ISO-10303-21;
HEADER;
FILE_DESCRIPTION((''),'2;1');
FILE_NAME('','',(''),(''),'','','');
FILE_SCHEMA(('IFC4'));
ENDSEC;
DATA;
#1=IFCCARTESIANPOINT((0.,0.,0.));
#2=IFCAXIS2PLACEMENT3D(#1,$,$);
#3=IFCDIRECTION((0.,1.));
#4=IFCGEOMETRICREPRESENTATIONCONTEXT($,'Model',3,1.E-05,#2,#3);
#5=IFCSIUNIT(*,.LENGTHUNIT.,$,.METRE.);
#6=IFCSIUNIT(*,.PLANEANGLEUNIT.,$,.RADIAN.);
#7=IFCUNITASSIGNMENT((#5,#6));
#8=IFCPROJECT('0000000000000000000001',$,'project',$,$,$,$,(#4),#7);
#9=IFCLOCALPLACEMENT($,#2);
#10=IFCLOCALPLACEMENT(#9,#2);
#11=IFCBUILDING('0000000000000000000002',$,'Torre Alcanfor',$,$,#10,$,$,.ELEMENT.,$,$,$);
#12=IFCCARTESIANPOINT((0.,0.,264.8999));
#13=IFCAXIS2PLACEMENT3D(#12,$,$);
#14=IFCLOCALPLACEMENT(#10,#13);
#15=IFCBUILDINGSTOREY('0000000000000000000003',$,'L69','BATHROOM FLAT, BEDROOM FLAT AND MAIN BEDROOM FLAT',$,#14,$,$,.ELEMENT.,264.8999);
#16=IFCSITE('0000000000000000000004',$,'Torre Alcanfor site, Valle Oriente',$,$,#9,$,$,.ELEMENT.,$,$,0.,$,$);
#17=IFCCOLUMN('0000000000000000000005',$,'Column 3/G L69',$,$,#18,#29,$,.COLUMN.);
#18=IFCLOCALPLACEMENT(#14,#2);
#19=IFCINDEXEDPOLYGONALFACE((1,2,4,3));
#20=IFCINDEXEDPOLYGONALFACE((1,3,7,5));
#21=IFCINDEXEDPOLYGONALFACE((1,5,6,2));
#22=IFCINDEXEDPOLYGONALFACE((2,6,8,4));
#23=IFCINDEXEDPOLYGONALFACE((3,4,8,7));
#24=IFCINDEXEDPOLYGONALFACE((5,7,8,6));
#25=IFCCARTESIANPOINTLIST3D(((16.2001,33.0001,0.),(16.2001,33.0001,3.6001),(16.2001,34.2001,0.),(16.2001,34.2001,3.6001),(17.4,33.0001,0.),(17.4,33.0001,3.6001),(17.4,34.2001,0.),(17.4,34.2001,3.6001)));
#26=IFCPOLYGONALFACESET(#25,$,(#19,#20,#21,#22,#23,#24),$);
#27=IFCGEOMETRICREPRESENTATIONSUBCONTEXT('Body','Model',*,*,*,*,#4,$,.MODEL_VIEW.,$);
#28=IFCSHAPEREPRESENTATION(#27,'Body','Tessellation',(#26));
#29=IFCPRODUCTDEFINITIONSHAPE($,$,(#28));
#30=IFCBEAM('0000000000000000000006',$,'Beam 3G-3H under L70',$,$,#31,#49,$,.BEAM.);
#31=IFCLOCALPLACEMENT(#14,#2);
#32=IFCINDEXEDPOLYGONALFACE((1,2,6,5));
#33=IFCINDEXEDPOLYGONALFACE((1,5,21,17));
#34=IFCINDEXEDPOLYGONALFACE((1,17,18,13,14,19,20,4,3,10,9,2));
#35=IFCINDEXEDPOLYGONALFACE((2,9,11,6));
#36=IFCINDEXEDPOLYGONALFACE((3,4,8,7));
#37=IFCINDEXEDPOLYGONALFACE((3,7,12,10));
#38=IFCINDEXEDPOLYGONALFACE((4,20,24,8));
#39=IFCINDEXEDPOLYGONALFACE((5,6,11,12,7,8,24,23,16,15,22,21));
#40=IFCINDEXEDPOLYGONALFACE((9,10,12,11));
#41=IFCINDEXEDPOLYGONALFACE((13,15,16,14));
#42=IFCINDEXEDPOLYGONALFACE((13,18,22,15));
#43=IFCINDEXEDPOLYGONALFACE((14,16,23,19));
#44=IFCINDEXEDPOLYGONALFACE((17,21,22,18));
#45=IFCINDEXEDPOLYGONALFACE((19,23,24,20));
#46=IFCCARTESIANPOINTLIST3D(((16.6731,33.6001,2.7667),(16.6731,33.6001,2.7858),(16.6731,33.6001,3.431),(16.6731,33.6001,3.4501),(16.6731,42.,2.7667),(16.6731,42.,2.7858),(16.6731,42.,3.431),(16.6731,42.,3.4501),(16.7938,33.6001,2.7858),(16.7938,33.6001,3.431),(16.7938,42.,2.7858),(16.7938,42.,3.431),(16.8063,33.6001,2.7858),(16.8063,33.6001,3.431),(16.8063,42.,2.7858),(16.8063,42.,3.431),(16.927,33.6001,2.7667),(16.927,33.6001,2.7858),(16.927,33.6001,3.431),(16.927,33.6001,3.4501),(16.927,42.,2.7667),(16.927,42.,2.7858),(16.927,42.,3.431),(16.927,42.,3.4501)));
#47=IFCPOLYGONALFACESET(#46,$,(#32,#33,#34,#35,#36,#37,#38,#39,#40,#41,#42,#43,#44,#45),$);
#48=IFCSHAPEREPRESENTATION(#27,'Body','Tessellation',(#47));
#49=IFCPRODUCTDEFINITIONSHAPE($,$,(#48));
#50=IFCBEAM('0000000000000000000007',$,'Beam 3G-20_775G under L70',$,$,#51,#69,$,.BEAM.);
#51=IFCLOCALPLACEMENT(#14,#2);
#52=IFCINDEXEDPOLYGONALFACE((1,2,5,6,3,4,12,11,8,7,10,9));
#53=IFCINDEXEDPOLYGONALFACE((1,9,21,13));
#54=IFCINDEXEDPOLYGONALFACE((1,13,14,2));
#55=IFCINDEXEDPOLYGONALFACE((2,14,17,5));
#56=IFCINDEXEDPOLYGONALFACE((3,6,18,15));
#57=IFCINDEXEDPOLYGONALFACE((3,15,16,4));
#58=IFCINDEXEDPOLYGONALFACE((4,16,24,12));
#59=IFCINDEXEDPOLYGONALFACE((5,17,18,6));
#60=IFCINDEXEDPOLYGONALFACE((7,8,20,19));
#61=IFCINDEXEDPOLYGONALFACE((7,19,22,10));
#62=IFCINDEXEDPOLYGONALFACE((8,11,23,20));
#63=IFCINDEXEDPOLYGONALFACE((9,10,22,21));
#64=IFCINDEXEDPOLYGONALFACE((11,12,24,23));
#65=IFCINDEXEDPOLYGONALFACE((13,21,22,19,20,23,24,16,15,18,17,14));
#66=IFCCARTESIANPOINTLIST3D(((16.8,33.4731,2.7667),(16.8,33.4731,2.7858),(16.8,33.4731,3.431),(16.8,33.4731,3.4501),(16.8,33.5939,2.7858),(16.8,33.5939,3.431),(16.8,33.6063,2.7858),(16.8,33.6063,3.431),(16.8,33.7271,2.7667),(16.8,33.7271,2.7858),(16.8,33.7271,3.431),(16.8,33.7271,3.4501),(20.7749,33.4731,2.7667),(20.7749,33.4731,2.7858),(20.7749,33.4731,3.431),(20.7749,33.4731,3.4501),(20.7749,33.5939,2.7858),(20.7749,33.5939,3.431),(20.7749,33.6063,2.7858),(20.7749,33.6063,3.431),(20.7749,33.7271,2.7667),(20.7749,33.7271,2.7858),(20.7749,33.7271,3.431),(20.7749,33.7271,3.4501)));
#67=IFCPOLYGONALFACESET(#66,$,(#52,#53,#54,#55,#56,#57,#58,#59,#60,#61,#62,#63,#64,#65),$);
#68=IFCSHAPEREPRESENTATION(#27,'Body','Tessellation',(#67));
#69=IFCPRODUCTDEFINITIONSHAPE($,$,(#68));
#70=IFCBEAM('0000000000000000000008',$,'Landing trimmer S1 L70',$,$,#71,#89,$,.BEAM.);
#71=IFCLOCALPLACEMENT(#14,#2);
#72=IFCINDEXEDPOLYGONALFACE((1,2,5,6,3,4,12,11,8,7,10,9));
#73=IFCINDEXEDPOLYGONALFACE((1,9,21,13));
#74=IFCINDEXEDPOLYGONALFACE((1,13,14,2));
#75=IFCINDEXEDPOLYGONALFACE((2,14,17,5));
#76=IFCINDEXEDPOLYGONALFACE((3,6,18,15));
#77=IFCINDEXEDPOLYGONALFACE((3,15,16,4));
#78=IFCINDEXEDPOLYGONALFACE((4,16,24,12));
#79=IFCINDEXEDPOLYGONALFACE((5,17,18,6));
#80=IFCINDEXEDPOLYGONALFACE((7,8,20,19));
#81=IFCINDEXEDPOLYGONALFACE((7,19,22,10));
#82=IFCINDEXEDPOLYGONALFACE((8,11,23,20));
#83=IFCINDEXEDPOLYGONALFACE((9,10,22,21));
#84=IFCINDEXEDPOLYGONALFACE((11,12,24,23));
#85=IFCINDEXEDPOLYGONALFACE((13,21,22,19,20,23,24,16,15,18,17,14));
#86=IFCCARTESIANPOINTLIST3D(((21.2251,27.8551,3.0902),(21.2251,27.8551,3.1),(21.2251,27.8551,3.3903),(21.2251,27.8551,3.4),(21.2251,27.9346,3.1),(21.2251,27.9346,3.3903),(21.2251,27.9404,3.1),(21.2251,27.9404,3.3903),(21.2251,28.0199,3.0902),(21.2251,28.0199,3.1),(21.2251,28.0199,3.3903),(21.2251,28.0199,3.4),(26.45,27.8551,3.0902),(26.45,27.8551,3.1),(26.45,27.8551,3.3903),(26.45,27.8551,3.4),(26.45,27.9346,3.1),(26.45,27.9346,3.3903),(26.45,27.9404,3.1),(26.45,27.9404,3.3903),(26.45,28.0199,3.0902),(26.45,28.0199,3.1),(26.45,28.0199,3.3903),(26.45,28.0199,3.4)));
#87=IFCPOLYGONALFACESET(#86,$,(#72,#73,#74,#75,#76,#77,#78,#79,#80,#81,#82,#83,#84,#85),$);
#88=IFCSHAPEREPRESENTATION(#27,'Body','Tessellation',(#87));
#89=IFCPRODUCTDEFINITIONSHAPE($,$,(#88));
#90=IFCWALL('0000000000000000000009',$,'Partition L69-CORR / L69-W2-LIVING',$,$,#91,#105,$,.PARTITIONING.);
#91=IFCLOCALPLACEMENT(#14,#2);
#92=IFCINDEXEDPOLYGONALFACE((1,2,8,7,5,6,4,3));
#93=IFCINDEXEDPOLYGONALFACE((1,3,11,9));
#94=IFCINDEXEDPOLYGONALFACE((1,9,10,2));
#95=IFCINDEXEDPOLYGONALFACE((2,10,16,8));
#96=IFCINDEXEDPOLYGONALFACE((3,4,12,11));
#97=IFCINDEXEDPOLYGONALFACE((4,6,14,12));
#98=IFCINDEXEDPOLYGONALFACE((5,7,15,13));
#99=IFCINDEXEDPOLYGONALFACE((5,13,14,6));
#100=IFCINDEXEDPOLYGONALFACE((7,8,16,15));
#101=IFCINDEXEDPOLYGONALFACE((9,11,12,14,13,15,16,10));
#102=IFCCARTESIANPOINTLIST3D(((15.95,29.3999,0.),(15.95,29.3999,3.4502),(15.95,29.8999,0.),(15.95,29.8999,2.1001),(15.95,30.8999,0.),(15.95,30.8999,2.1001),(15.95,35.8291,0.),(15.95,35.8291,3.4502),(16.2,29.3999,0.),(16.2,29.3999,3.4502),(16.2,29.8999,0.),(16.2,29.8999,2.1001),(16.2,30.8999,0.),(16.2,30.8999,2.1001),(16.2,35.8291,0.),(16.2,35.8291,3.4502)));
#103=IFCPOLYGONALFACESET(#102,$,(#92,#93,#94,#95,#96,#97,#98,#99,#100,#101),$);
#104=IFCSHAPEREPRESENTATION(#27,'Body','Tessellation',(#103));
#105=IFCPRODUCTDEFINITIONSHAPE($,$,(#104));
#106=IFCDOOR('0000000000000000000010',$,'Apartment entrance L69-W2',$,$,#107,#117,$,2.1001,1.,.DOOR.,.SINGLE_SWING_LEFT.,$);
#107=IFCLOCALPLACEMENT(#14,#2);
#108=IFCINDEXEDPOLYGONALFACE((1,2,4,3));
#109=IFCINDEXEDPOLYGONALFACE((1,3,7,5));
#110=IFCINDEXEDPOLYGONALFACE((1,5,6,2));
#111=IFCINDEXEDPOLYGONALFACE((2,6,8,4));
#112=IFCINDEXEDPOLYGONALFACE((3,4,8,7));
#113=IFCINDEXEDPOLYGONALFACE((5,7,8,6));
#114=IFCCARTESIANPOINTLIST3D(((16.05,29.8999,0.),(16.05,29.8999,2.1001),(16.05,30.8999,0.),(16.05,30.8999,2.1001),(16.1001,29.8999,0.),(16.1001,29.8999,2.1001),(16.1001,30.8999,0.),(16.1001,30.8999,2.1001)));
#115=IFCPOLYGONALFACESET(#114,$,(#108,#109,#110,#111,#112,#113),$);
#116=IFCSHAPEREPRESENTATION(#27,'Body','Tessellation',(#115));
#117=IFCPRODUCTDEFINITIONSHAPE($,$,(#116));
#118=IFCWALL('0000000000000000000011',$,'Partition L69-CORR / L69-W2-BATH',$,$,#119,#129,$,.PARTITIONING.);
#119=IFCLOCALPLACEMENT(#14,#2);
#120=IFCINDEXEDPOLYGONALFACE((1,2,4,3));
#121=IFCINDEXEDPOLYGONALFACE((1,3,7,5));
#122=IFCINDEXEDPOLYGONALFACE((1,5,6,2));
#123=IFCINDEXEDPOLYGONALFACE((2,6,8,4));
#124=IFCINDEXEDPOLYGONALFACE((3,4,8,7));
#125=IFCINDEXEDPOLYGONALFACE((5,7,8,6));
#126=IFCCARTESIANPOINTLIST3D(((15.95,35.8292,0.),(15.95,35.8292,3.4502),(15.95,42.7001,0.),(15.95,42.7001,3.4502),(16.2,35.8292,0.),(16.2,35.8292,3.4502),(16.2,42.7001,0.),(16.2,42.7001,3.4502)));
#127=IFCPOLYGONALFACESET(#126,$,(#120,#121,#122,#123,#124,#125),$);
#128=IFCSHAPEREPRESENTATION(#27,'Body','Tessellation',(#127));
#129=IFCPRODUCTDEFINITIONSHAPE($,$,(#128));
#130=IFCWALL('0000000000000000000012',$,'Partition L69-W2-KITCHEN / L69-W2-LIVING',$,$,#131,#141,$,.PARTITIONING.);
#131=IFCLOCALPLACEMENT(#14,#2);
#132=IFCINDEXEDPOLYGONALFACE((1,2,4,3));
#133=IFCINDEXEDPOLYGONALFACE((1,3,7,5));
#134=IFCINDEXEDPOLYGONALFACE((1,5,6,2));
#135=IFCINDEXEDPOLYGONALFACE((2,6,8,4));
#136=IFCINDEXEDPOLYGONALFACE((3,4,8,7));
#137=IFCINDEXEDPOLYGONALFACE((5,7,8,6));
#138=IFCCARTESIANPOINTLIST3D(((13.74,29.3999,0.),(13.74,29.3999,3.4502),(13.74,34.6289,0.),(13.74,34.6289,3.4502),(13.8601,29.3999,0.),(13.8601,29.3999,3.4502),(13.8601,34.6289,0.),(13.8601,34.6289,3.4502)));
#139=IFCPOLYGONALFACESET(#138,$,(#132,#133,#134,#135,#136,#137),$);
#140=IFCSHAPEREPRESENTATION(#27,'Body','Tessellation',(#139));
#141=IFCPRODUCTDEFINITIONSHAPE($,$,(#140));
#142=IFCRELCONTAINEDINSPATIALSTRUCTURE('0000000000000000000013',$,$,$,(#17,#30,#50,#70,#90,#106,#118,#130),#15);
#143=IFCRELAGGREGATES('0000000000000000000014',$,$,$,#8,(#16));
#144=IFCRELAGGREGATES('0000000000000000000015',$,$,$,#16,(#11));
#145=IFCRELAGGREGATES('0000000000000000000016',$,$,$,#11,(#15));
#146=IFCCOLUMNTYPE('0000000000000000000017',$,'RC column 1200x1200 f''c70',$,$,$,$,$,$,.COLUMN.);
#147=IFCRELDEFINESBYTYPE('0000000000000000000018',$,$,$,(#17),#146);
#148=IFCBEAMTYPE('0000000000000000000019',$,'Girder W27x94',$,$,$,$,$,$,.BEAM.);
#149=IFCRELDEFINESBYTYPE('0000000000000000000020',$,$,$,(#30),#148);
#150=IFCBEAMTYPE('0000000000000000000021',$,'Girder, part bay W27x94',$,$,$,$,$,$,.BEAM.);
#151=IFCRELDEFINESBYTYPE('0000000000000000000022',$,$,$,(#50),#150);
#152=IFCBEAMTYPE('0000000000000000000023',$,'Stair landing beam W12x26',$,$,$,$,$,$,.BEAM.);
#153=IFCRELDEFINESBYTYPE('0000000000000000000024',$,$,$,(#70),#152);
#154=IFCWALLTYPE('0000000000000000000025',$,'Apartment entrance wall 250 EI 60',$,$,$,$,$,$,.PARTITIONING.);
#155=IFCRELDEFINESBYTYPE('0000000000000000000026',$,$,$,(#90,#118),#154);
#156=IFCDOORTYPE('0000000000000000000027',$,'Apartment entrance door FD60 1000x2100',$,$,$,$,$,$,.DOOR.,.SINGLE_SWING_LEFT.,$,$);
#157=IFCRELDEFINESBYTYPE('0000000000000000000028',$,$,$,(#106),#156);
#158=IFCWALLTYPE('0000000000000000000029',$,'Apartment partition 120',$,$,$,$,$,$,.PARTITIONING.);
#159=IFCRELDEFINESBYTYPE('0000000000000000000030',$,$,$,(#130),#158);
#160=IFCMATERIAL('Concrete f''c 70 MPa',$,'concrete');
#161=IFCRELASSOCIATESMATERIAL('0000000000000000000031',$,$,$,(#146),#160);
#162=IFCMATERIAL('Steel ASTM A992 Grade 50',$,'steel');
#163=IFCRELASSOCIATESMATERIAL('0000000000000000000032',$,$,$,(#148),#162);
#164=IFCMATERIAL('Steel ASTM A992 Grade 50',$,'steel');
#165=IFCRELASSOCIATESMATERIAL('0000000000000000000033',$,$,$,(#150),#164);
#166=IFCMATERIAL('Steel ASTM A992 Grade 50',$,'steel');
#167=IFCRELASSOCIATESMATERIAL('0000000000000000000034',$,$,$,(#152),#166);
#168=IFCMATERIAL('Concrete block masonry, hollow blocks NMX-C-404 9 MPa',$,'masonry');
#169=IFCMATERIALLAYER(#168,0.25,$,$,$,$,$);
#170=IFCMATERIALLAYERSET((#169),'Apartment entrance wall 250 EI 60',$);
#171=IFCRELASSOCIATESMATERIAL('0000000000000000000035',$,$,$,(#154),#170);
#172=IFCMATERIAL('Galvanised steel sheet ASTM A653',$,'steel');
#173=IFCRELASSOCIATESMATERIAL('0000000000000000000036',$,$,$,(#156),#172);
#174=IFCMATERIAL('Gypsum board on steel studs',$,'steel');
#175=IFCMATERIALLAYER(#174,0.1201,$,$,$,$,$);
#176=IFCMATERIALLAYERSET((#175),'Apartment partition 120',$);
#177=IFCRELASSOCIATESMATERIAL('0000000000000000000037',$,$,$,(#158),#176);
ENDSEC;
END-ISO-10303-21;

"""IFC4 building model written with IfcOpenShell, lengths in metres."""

from ifc_helpers import new_model, si_unit, direction, frame, frame_2d, origin, origin_2d, place, context, subcontext, project, spatial, rectangle, i_section, extrude, material, layer, layer_set, material_profile, profile_set, type_object, element, fill, save


model = new_model("IFC4")

# Units and contexts
model_context = context("Model", 3, precision=1e-05, world=origin(), true_north=direction((0.0, 1.0)))
body_context = subcontext(model_context, "Body", "Model", "MODEL_VIEW")
ifc_project = project(units=[si_unit("LENGTHUNIT", "METRE"), si_unit("PLANEANGLEUNIT", "RADIAN")], contexts=[model_context])

# Site, building, storey
site_placement = place(None, origin())
site = spatial("IfcSite", under=ifc_project, at=site_placement, Name="Torre Alcanfor site, Valle Oriente", CompositionType="ELEMENT", RefElevation=0.0)
building_placement = place(site_placement, origin())
building = spatial("IfcBuilding", under=site, at=building_placement, Name="Torre Alcanfor", CompositionType="ELEMENT")
storey_placement = place(building_placement, frame((0.0, 0.0, 264.8999)))
storey = spatial("IfcBuildingStorey", under=building, at=storey_placement, Name="L69", Description="BATHROOM FLAT, BEDROOM FLAT AND MAIN BEDROOM FLAT", CompositionType="ELEMENT", Elevation=264.8999)

# Column
ifc_material_1 = material(Name="Concrete f'c 70 MPa", Category="concrete")
ifc_material_profile_1 = material_profile(ifc_material_1, rectangle(XDim=1.2, YDim=1.2, at=origin_2d()), Name="1200x1200")
ifc_profile_set_1 = profile_set([ifc_material_profile_1], Name="Concrete f'c 70 MPa")
column_type = type_object("IfcColumnType", Name="RC column 1200x1200 f'c70", PredefinedType="COLUMN", material=ifc_profile_set_1)
column_placement = place(storey_placement, frame((16.8, 33.6001, 0.0), z_axis=(0.0, 0.0, 1.0), x_axis=(1.0, 0.0, 0.0)))
element("IfcColumn", 1, at=column_placement, inside=storey, type_object=column_type, Name="Column 3/G L69", PredefinedType="COLUMN", context=body_context, shape_type="SweptSolid", body=[
    extrude(rectangle(XDim=1.2, YDim=1.2, at=origin_2d()), origin(), (0.0, 0.0, 1.0), 3.6001),
])

# Beams
ifc_material_2 = material(Name="Steel ASTM A992 Grade 50", Category="steel")
ifc_material_profile_2 = material_profile(ifc_material_2, i_section(OverallWidth=0.2539, OverallDepth=0.6833, WebThickness=0.0125, FlangeThickness=0.019, at=origin_2d()), Name="W27x94")
ifc_profile_set_2 = profile_set([ifc_material_profile_2], Name="Steel ASTM A992 Grade 50")
beam_type_1 = type_object("IfcBeamType", Name="Girder W27x94", PredefinedType="BEAM", material=ifc_profile_set_2)
beam_1_placement = place(storey_placement, frame((16.8, 33.6001, 3.1084), z_axis=(0.0, 1.0, 0.0), x_axis=(-1.0, 0.0, 0.0)))
element("IfcBeam", 2, at=beam_1_placement, inside=storey, type_object=beam_type_1, Name="Beam 3G-3H under L70", PredefinedType="BEAM", context=body_context, shape_type="SweptSolid", body=[
    extrude(i_section(OverallWidth=0.2539, OverallDepth=0.6833, WebThickness=0.0125, FlangeThickness=0.019, at=origin_2d()), origin(), (0.0, 0.0, 1.0), 8.3999),
])
ifc_material_3 = material(Name="Steel ASTM A992 Grade 50", Category="steel")
ifc_material_profile_3 = material_profile(ifc_material_3, i_section(OverallWidth=0.2539, OverallDepth=0.6833, WebThickness=0.0125, FlangeThickness=0.019, at=origin_2d()), Name="W27x94")
ifc_profile_set_3 = profile_set([ifc_material_profile_3], Name="Steel ASTM A992 Grade 50")
beam_type_2 = type_object("IfcBeamType", Name="Girder, part bay W27x94", PredefinedType="BEAM", material=ifc_profile_set_3)
beam_2_placement = place(storey_placement, frame((16.8, 33.6001, 3.1084), z_axis=(1.0, 0.0, 0.0), x_axis=(0.0, 1.0, 0.0)))
element("IfcBeam", 3, at=beam_2_placement, inside=storey, type_object=beam_type_2, Name="Beam 3G-20_775G under L70", PredefinedType="BEAM", context=body_context, shape_type="SweptSolid", body=[
    extrude(i_section(OverallWidth=0.2539, OverallDepth=0.6833, WebThickness=0.0125, FlangeThickness=0.019, at=origin_2d()), origin(), (0.0, 0.0, 1.0), 3.9749),
])
ifc_material_4 = material(Name="Steel ASTM A992 Grade 50", Category="steel")
ifc_material_profile_4 = material_profile(ifc_material_4, i_section(OverallWidth=0.1648, OverallDepth=0.3098, WebThickness=0.0059, FlangeThickness=0.0098, at=origin_2d()), Name="W12x26")
ifc_profile_set_4 = profile_set([ifc_material_profile_4], Name="Steel ASTM A992 Grade 50")
beam_type_3 = type_object("IfcBeamType", Name="Stair landing beam W12x26", PredefinedType="BEAM", material=ifc_profile_set_4)
beam_3_placement = place(storey_placement, frame((21.2251, 27.9375, 3.2451), z_axis=(1.0, 0.0, 0.0), x_axis=(0.0, 1.0, 0.0)))
element("IfcBeam", 4, at=beam_3_placement, inside=storey, type_object=beam_type_3, Name="Landing trimmer S1 L70", PredefinedType="BEAM", context=body_context, shape_type="SweptSolid", body=[
    extrude(i_section(OverallWidth=0.1648, OverallDepth=0.3098, WebThickness=0.0059, FlangeThickness=0.0098, at=origin_2d()), origin(), (0.0, 0.0, 1.0), 5.2249),
])

# Wall, opening, door
ifc_material_5 = material(Name="Concrete block masonry, hollow blocks NMX-C-404 9 MPa", Category="masonry")
ifc_layer_1 = layer(ifc_material_5, 0.25)
ifc_layer_set_1 = layer_set([ifc_layer_1], Name="Apartment entrance wall 250 EI 60")
wall_type_1 = type_object("IfcWallType", Name="Apartment entrance wall 250 EI 60", PredefinedType="PARTITIONING", material=ifc_layer_set_1)
wall_1_placement = place(storey_placement, frame((16.075, 29.3999, 0.0), z_axis=(0.0, 0.0, 1.0), x_axis=(0.0, 1.0, 0.0)))
wall_1 = element("IfcWall", 5, at=wall_1_placement, inside=storey, type_object=wall_type_1, Name="Partition L69-CORR / L69-W2-LIVING", PredefinedType="PARTITIONING", context=body_context, shape_type="SweptSolid", body=[
    extrude(rectangle(XDim=6.4292, YDim=0.25, at=frame_2d((3.2146, 0.0))), origin(), (0.0, 0.0, 1.0), 3.4502),
])
opening_1_placement = place(wall_1_placement, frame((0.5, 0.0, 0.0)))
opening_1 = element("IfcOpeningElement", 6, at=opening_1_placement, cuts=wall_1, PredefinedType="OPENING", context=body_context, shape_type="SweptSolid", body=[
    extrude(rectangle(XDim=1.0, YDim=2.1001, at=frame_2d((0.5, 1.05))), frame((0.0, 0.135, 0.0), z_axis=(0.0, -1.0, 0.0), x_axis=(1.0, 0.0, 0.0)), (0.0, 0.0, 1.0), 0.27),
])
ifc_material_6 = material(Name="Galvanised steel sheet ASTM A653", Category="steel")
door_type_1 = type_object("IfcDoorType", Name="Apartment entrance door FD60 1000x2100", OperationType="SINGLE_SWING_LEFT", PredefinedType="DOOR", material=ifc_material_6)
door_1_placement = place(opening_1_placement, origin())
door_1 = element("IfcDoor", 7, at=door_1_placement, inside=storey, type_object=door_type_1, Name="Apartment entrance L69-W2", OperationType="SINGLE_SWING_LEFT", OverallHeight=2.1001, OverallWidth=1.0, PredefinedType="DOOR", context=body_context, shape_type="SweptSolid", body=[
    extrude(rectangle(XDim=1.0, YDim=2.1001, at=frame_2d((0.5, 1.05))), frame((0.0, 0.0249, 0.0), z_axis=(0.0, -1.0, 0.0), x_axis=(1.0, 0.0, 0.0)), (0.0, 0.0, 1.0), 0.05),
])
fill(opening_1, door_1)

# Walls
wall_2_placement = place(storey_placement, frame((16.075, 35.8291, 0.0), z_axis=(0.0, 0.0, 1.0), x_axis=(0.0, 1.0, 0.0)))
element("IfcWall", 8, at=wall_2_placement, inside=storey, type_object=wall_type_1, Name="Partition L69-CORR / L69-W2-BATH", PredefinedType="PARTITIONING", context=body_context, shape_type="SweptSolid", body=[
    extrude(rectangle(XDim=6.8708, YDim=0.25, at=frame_2d((3.4355, 0.0))), origin(), (0.0, 0.0, 1.0), 3.4502),
])
ifc_material_7 = material(Name="Gypsum board on steel studs", Category="steel")
ifc_layer_2 = layer(ifc_material_7, 0.1201)
ifc_layer_set_2 = layer_set([ifc_layer_2], Name="Apartment partition 120")
wall_type_2 = type_object("IfcWallType", Name="Apartment partition 120", PredefinedType="PARTITIONING", material=ifc_layer_set_2)
wall_3_placement = place(storey_placement, frame((13.8, 34.6289, 0.0), z_axis=(0.0, 0.0, 1.0), x_axis=(0.0, -1.0, 0.0)))
element("IfcWall", 9, at=wall_3_placement, inside=storey, type_object=wall_type_2, Name="Partition L69-W2-KITCHEN / L69-W2-LIVING", PredefinedType="PARTITIONING", context=body_context, shape_type="SweptSolid", body=[
    extrude(rectangle(XDim=5.229, YDim=0.1201, at=frame_2d((2.6145, 0.0))), origin(), (0.0, 0.0, 1.0), 3.4502),
])

save(model, "model.ifc")
